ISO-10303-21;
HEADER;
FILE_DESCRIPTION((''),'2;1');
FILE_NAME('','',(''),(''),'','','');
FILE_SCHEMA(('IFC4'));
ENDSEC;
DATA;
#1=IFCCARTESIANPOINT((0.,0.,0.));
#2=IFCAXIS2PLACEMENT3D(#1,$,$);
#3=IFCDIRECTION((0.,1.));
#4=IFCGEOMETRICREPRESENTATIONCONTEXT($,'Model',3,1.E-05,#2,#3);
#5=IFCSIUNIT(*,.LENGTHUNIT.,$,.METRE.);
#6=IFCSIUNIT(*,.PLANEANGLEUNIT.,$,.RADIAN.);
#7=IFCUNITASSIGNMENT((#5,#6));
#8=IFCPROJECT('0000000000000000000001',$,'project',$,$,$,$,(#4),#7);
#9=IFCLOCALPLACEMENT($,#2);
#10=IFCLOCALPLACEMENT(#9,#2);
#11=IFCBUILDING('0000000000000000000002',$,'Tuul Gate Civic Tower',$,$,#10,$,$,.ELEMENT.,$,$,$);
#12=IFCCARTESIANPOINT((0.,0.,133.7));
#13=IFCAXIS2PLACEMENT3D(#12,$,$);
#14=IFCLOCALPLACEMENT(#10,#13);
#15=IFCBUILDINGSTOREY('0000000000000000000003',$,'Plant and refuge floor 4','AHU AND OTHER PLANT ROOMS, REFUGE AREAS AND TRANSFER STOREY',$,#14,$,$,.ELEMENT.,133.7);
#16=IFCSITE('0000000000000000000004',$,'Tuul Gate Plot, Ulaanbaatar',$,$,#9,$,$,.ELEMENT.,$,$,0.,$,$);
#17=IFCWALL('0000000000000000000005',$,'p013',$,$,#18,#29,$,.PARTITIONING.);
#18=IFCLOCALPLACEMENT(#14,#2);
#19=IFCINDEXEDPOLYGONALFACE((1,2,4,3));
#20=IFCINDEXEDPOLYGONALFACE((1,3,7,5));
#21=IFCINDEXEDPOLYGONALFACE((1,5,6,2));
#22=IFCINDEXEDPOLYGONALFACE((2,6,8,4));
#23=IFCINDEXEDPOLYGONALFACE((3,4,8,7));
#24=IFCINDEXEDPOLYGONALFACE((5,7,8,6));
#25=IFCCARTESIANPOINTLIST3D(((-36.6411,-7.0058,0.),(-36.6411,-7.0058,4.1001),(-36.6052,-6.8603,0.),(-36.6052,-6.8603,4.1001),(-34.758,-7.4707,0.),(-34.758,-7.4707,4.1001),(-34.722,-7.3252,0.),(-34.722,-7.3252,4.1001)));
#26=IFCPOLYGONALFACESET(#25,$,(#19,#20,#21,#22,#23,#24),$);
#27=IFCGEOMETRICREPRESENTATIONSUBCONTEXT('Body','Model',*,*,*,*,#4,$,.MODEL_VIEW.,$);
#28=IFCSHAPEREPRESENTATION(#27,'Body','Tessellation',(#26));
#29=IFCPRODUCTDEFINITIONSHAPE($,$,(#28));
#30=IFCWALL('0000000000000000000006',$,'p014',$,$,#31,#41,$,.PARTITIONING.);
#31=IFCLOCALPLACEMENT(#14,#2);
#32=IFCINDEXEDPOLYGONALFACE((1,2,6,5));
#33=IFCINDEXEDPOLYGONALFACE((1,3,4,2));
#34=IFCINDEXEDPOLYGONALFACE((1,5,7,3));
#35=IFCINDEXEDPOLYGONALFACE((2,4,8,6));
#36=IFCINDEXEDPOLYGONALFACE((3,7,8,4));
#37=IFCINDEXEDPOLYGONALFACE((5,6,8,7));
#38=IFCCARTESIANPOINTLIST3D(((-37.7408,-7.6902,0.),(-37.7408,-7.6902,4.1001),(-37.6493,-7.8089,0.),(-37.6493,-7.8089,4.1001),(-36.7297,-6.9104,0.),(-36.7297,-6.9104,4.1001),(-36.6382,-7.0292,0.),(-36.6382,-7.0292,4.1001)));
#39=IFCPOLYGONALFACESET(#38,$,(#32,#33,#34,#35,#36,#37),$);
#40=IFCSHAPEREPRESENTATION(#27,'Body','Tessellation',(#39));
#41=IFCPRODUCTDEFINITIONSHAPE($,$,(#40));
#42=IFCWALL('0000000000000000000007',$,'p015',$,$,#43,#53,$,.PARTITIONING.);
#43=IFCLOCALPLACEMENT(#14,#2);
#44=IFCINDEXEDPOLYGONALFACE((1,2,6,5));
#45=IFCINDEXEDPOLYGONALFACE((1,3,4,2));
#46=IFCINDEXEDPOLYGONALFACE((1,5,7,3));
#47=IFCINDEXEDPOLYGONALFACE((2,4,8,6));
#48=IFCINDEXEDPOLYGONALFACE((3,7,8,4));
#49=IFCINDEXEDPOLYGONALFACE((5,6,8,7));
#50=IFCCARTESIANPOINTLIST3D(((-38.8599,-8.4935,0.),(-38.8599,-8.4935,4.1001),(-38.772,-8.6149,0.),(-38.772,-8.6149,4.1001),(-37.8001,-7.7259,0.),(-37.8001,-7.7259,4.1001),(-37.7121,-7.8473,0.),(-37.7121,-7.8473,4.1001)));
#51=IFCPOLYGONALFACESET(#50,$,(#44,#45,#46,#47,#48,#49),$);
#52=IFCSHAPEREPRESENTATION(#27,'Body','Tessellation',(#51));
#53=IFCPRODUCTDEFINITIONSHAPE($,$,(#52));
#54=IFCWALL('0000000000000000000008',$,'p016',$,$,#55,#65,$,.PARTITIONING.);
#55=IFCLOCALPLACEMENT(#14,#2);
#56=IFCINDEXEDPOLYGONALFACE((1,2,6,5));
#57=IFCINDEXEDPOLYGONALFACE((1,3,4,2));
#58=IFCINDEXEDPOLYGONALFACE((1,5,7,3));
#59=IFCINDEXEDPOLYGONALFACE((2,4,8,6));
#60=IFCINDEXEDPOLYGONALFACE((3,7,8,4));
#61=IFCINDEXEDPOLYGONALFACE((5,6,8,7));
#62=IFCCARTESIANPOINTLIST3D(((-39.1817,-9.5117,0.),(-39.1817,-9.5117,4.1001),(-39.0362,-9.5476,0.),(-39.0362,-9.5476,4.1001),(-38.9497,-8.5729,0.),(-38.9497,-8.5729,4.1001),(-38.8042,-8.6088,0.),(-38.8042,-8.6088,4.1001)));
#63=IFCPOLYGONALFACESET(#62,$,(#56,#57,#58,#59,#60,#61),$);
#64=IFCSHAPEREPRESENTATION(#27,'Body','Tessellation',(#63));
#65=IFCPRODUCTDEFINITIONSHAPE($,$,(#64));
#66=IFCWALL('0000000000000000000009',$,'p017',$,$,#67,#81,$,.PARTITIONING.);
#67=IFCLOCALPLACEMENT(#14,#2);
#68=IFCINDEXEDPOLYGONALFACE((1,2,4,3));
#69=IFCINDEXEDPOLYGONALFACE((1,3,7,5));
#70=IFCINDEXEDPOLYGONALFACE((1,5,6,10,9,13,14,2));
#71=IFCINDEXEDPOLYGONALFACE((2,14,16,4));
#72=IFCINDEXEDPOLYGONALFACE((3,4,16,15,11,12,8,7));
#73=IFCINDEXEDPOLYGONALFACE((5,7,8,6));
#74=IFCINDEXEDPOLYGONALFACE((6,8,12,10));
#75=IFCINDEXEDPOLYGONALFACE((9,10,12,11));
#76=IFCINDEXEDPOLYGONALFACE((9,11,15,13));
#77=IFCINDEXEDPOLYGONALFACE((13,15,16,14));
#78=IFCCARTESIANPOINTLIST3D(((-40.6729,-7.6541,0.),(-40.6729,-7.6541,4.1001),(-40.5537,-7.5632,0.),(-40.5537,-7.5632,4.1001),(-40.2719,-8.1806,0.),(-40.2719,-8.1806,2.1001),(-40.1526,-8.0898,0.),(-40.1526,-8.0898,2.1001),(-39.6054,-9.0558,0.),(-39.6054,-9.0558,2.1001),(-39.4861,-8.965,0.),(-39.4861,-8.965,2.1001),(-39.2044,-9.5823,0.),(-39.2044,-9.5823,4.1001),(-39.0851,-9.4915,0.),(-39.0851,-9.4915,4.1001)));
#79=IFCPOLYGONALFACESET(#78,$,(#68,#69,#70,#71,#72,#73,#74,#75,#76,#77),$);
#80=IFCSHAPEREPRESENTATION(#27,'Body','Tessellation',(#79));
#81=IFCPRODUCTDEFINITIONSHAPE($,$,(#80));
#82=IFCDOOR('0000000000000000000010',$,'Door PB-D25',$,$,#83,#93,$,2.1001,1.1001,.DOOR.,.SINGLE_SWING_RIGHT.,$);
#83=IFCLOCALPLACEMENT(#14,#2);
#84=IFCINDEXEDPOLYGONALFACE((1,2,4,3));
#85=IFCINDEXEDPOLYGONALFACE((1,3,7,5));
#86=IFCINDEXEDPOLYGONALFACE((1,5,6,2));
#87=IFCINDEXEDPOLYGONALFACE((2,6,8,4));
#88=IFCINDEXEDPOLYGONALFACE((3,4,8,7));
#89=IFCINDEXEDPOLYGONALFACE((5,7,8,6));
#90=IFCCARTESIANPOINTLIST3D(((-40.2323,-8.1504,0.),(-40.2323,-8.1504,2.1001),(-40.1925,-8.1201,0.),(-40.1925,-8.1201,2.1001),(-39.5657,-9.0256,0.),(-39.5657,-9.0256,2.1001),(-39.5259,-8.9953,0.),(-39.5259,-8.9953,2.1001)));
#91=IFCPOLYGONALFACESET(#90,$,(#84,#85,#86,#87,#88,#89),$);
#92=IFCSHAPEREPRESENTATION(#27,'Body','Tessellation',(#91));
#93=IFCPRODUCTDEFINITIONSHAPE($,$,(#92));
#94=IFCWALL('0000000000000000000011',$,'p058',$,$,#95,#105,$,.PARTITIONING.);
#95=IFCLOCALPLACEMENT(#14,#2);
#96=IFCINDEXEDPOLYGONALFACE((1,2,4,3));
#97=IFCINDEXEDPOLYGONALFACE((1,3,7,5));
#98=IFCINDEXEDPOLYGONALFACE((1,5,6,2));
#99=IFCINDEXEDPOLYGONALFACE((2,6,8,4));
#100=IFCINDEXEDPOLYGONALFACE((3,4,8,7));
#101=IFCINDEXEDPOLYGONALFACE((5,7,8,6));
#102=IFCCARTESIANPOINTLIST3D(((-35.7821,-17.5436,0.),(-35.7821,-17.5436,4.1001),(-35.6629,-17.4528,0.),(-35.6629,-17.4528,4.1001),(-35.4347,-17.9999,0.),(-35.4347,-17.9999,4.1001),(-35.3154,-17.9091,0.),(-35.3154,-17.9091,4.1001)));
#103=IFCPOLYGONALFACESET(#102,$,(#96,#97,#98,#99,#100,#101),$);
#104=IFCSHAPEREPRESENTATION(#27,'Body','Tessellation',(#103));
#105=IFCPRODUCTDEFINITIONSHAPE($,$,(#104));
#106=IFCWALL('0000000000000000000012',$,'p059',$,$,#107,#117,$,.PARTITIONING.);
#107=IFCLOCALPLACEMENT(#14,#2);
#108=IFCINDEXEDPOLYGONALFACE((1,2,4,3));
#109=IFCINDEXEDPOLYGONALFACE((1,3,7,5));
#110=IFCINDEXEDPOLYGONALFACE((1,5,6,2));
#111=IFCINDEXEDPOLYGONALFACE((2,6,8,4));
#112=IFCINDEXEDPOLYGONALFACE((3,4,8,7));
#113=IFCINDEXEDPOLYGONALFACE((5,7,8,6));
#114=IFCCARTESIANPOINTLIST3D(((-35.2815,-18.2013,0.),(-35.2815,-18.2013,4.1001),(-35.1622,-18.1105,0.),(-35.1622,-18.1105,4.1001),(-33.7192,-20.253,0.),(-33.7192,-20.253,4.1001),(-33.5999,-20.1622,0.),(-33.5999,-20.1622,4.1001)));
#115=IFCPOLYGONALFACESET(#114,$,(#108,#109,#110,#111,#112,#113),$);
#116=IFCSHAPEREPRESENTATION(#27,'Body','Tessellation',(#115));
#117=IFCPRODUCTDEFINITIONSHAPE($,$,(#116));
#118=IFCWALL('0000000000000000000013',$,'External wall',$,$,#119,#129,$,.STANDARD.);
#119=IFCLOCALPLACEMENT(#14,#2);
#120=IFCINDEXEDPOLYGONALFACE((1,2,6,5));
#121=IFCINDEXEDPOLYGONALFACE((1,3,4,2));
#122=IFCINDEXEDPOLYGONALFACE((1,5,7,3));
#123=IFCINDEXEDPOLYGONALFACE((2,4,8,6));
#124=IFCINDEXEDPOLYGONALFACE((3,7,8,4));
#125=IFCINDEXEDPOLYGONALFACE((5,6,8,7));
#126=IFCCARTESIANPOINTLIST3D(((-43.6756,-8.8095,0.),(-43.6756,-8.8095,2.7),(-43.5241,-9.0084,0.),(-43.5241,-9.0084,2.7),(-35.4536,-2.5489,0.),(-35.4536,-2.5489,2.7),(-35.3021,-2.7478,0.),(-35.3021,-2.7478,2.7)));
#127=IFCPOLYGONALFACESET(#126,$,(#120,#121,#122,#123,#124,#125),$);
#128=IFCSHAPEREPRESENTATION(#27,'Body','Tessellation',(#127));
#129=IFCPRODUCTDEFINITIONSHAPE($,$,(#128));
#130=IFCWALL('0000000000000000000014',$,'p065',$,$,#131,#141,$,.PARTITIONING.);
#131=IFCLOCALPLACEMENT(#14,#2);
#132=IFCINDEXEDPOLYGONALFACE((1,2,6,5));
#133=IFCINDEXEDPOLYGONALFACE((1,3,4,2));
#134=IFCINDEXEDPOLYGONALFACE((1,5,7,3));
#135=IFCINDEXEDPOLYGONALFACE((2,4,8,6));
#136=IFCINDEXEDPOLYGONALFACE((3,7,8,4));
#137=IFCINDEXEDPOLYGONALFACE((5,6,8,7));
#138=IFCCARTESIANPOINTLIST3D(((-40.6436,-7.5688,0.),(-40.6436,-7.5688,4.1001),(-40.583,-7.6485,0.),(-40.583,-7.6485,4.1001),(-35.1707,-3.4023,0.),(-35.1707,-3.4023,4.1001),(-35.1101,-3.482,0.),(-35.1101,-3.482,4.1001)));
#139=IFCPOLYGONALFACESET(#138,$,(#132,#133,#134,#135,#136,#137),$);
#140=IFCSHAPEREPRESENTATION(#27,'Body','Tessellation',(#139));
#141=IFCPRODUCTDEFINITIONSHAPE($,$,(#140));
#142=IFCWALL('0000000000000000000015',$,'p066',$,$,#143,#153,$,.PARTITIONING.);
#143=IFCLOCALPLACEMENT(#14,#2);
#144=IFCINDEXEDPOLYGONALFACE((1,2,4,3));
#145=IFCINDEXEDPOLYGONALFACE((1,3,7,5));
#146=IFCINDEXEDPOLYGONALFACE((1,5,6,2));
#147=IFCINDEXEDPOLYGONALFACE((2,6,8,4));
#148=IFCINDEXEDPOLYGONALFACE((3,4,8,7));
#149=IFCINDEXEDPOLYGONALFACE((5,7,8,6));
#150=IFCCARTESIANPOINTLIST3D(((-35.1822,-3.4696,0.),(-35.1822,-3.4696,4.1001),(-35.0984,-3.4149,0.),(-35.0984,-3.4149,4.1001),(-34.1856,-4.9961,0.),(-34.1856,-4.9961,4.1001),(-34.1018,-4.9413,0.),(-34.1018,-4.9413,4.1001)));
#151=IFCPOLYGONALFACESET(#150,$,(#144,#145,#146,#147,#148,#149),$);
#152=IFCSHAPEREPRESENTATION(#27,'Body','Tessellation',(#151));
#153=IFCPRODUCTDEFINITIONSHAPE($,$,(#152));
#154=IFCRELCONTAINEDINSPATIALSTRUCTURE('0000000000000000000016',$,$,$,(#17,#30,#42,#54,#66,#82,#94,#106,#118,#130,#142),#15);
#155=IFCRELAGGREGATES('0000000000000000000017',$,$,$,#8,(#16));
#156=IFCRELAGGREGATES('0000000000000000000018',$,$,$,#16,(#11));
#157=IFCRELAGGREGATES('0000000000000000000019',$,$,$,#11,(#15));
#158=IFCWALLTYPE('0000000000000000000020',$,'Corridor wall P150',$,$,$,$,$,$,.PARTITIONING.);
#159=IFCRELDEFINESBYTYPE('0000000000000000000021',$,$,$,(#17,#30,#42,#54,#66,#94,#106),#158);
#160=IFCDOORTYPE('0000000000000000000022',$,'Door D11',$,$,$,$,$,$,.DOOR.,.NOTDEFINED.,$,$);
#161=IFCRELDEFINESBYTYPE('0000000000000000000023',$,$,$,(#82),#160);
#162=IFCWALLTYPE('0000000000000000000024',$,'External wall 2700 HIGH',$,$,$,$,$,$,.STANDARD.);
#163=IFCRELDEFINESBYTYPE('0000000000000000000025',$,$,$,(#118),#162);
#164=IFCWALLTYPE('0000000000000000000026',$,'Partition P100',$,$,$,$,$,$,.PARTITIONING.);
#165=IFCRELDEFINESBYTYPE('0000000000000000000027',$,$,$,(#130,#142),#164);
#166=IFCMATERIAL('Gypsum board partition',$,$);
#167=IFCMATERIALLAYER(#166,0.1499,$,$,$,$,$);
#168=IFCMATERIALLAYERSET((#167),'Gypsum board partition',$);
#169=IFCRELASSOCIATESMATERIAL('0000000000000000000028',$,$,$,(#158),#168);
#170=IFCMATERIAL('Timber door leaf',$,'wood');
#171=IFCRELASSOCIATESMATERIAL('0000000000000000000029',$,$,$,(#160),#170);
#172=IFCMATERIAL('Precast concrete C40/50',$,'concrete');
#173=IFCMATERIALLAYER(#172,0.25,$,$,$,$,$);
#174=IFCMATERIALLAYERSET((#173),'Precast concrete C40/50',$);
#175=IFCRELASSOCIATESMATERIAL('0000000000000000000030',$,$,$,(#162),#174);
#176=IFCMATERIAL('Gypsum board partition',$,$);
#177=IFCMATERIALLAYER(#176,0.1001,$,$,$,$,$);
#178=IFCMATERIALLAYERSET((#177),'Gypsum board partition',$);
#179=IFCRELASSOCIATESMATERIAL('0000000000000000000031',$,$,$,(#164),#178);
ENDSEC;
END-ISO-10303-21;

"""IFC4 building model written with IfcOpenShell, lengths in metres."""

from ifc_helpers import new_model, si_unit, direction, frame, frame_2d, origin, place, context, subcontext, project, spatial, rectangle, extrude, material, layer, layer_set, type_object, element, fill, save


model = new_model("IFC4")

# Units and contexts
model_context = context("Model", 3, precision=1e-05, world=origin(), true_north=direction((0.0, 1.0)))
body_context = subcontext(model_context, "Body", "Model", "MODEL_VIEW")
ifc_project = project(units=[si_unit("LENGTHUNIT", "METRE"), si_unit("PLANEANGLEUNIT", "RADIAN")], contexts=[model_context])

# Site, building, storey
site_placement = place(None, origin())
site = spatial("IfcSite", under=ifc_project, at=site_placement, Name="Tuul Gate Plot, Ulaanbaatar", CompositionType="ELEMENT", RefElevation=0.0)
building_placement = place(site_placement, origin())
building = spatial("IfcBuilding", under=site, at=building_placement, Name="Tuul Gate Civic Tower", CompositionType="ELEMENT")
storey_placement = place(building_placement, frame((0.0, 0.0, 133.7)))
storey = spatial("IfcBuildingStorey", under=building, at=storey_placement, Name="Plant and refuge floor 4", Description="AHU AND OTHER PLANT ROOMS, REFUGE AREAS AND TRANSFER STOREY", CompositionType="ELEMENT", Elevation=133.7)

# Walls
ifc_material_1 = material(Name="Gypsum board partition")
ifc_layer_1 = layer(ifc_material_1, 0.1499)
ifc_layer_set_1 = layer_set([ifc_layer_1], Name="Gypsum board partition")
wall_type_1 = type_object("IfcWallType", Name="Corridor wall P150", PredefinedType="PARTITIONING", material=ifc_layer_set_1)
wall_1_placement = place(storey_placement, frame((-36.623, -6.9331, 0.0), z_axis=(0.0, 0.0, 1.0), x_axis=(0.970856, -0.239662, 0.0)))
element("IfcWall", 1, at=wall_1_placement, inside=storey, type_object=wall_type_1, Name="p013", PredefinedType="PARTITIONING", context=body_context, shape_type="SweptSolid", body=[
    extrude(rectangle(XDim=1.9397, YDim=0.1499, at=frame_2d((0.9697, 0.0))), origin(), (0.0, 0.0, 1.0), 4.1001),
])
wall_2_placement = place(storey_placement, frame((-37.6951, -7.7495, 0.0), z_axis=(0.0, 0.0, 1.0), x_axis=(0.791898, 0.610653, 0.0)))
element("IfcWall", 2, at=wall_2_placement, inside=storey, type_object=wall_type_1, Name="p014", PredefinedType="PARTITIONING", context=body_context, shape_type="SweptSolid", body=[
    extrude(rectangle(XDim=1.2769, YDim=0.1499, at=frame_2d((0.6384, 0.0))), origin(), (0.0, 0.0, 1.0), 4.1001),
])
wall_3_placement = place(storey_placement, frame((-38.8159, -8.5542, 0.0), z_axis=(0.0, 0.0, 1.0), x_axis=(0.809896, 0.586573, 0.0)))
element("IfcWall", 3, at=wall_3_placement, inside=storey, type_object=wall_type_1, Name="p015", PredefinedType="PARTITIONING", context=body_context, shape_type="SweptSolid", body=[
    extrude(rectangle(XDim=1.3086, YDim=0.1499, at=frame_2d((0.6543, 0.0))), origin(), (0.0, 0.0, 1.0), 4.1001),
])
wall_4_placement = place(storey_placement, frame((-39.1089, -9.5295, 0.0), z_axis=(0.0, 0.0, 1.0), x_axis=(0.239861, 0.970807, 0.0)))
element("IfcWall", 4, at=wall_4_placement, inside=storey, type_object=wall_type_1, Name="p016", PredefinedType="PARTITIONING", context=body_context, shape_type="SweptSolid", body=[
    extrude(rectangle(XDim=0.967, YDim=0.1499, at=frame_2d((0.4834, 0.0))), origin(), (0.0, 0.0, 1.0), 4.1001),
])

# Wall, opening, door
wall_5_placement = place(storey_placement, frame((-40.6133, -7.6086, 0.0), z_axis=(0.0, 0.0, 1.0), x_axis=(0.605882, -0.795554, 0.0)))
wall_5 = element("IfcWall", 5, at=wall_5_placement, inside=storey, type_object=wall_type_1, Name="p017", PredefinedType="PARTITIONING", context=body_context, shape_type="SweptSolid", body=[
    extrude(rectangle(XDim=2.4238, YDim=0.1499, at=frame_2d((1.2119, 0.0))), origin(), (0.0, 0.0, 1.0), 4.1001),
])
opening_1_placement = place(wall_5_placement, frame((0.6619, 0.0, 0.0)))
opening_1 = element("IfcOpeningElement", 6, at=opening_1_placement, cuts=wall_5, PredefinedType="OPENING", context=body_context, shape_type="SweptSolid", body=[
    extrude(rectangle(XDim=1.1001, YDim=2.1001, at=frame_2d((0.55, 1.05))), frame((0.0, 0.085, 0.0), z_axis=(0.0, -1.0, 0.0), x_axis=(1.0, 0.0, 0.0)), (0.0, 0.0, 1.0), 0.1699),
])
ifc_material_2 = material(Name="Timber door leaf", Category="wood")
door_type_1 = type_object("IfcDoorType", Name="Door D11", OperationType="NOTDEFINED", PredefinedType="DOOR", material=ifc_material_2)
door_1_placement = place(opening_1_placement, origin())
door_1 = element("IfcDoor", 7, at=door_1_placement, inside=storey, type_object=door_type_1, Name="Door PB-D25", OperationType="SINGLE_SWING_RIGHT", OverallHeight=2.1001, OverallWidth=1.1001, PredefinedType="DOOR", context=body_context, shape_type="SweptSolid", body=[
    extrude(rectangle(XDim=1.1001, YDim=2.1001, at=frame_2d((0.55, 1.05))), frame((0.0, 0.0249, 0.0), z_axis=(0.0, -1.0, 0.0), x_axis=(1.0, 0.0, 0.0)), (0.0, 0.0, 1.0), 0.05),
])
fill(opening_1, door_1)

# Walls
wall_6_placement = place(storey_placement, frame((-35.7224, -17.4983, 0.0), z_axis=(0.0, 0.0, 1.0), x_axis=(0.605774, -0.795637, 0.0)))
element("IfcWall", 8, at=wall_6_placement, inside=storey, type_object=wall_type_1, Name="p058", PredefinedType="PARTITIONING", context=body_context, shape_type="SweptSolid", body=[
    extrude(rectangle(XDim=0.5735, YDim=0.1499, at=frame_2d((0.2866, 0.0))), origin(), (0.0, 0.0, 1.0), 4.1001),
])
wall_7_placement = place(storey_placement, frame((-35.2219, -18.1558, 0.0), z_axis=(0.0, 0.0, 1.0), x_axis=(0.605801, -0.795616, 0.0)))
element("IfcWall", 9, at=wall_7_placement, inside=storey, type_object=wall_type_1, Name="p059", PredefinedType="PARTITIONING", context=body_context, shape_type="SweptSolid", body=[
    extrude(rectangle(XDim=2.5789, YDim=0.1499, at=frame_2d((1.2896, 0.0))), origin(), (0.0, 0.0, 1.0), 4.1001),
])
ifc_material_3 = material(Name="Precast concrete C40/50", Category="concrete")
ifc_layer_2 = layer(ifc_material_3, 0.25)
ifc_layer_set_2 = layer_set([ifc_layer_2], Name="Precast concrete C40/50")
wall_type_2 = type_object("IfcWallType", Name="External wall 2700 HIGH", PredefinedType="STANDARD", material=ifc_layer_set_2)
wall_8_placement = place(storey_placement, frame((-35.3779, -2.6484, 0.0), z_axis=(0.0, 0.0, 1.0), x_axis=(-0.79561, -0.605809, 0.0)))
element("IfcWall", 10, at=wall_8_placement, inside=storey, type_object=wall_type_2, Name="External wall", PredefinedType="STANDARD", context=body_context, shape_type="SweptSolid", body=[
    extrude(rectangle(XDim=10.3342, YDim=0.25, at=frame_2d((5.167, 0.0))), origin(), (0.0, 0.0, 1.0), 2.7),
])
ifc_material_4 = material(Name="Gypsum board partition")
ifc_layer_3 = layer(ifc_material_4, 0.1001)
ifc_layer_set_3 = layer_set([ifc_layer_3], Name="Gypsum board partition")
wall_type_3 = type_object("IfcWallType", Name="Partition P100", PredefinedType="PARTITIONING", material=ifc_layer_set_3)
wall_9_placement = place(storey_placement, frame((-40.6133, -7.6086, 0.0), z_axis=(0.0, 0.0, 1.0), x_axis=(0.795665, 0.605737, 0.0)))
element("IfcWall", 11, at=wall_9_placement, inside=storey, type_object=wall_type_3, Name="p065", PredefinedType="PARTITIONING", context=body_context, shape_type="SweptSolid", body=[
    extrude(rectangle(XDim=6.8784, YDim=0.1001, at=frame_2d((3.4392, 0.0))), origin(), (0.0, 0.0, 1.0), 4.1001),
])
wall_10_placement = place(storey_placement, frame((-35.1404, -3.4421, 0.0), z_axis=(0.0, 0.0, 1.0), x_axis=(0.546701, -0.837328, 0.0)))
element("IfcWall", 12, at=wall_10_placement, inside=storey, type_object=wall_type_3, Name="p066", PredefinedType="PARTITIONING", context=body_context, shape_type="SweptSolid", body=[
    extrude(rectangle(XDim=1.823, YDim=0.1001, at=frame_2d((0.9116, 0.0))), origin(), (0.0, 0.0, 1.0), 4.1001),
])

save(model, "model.ifc")
